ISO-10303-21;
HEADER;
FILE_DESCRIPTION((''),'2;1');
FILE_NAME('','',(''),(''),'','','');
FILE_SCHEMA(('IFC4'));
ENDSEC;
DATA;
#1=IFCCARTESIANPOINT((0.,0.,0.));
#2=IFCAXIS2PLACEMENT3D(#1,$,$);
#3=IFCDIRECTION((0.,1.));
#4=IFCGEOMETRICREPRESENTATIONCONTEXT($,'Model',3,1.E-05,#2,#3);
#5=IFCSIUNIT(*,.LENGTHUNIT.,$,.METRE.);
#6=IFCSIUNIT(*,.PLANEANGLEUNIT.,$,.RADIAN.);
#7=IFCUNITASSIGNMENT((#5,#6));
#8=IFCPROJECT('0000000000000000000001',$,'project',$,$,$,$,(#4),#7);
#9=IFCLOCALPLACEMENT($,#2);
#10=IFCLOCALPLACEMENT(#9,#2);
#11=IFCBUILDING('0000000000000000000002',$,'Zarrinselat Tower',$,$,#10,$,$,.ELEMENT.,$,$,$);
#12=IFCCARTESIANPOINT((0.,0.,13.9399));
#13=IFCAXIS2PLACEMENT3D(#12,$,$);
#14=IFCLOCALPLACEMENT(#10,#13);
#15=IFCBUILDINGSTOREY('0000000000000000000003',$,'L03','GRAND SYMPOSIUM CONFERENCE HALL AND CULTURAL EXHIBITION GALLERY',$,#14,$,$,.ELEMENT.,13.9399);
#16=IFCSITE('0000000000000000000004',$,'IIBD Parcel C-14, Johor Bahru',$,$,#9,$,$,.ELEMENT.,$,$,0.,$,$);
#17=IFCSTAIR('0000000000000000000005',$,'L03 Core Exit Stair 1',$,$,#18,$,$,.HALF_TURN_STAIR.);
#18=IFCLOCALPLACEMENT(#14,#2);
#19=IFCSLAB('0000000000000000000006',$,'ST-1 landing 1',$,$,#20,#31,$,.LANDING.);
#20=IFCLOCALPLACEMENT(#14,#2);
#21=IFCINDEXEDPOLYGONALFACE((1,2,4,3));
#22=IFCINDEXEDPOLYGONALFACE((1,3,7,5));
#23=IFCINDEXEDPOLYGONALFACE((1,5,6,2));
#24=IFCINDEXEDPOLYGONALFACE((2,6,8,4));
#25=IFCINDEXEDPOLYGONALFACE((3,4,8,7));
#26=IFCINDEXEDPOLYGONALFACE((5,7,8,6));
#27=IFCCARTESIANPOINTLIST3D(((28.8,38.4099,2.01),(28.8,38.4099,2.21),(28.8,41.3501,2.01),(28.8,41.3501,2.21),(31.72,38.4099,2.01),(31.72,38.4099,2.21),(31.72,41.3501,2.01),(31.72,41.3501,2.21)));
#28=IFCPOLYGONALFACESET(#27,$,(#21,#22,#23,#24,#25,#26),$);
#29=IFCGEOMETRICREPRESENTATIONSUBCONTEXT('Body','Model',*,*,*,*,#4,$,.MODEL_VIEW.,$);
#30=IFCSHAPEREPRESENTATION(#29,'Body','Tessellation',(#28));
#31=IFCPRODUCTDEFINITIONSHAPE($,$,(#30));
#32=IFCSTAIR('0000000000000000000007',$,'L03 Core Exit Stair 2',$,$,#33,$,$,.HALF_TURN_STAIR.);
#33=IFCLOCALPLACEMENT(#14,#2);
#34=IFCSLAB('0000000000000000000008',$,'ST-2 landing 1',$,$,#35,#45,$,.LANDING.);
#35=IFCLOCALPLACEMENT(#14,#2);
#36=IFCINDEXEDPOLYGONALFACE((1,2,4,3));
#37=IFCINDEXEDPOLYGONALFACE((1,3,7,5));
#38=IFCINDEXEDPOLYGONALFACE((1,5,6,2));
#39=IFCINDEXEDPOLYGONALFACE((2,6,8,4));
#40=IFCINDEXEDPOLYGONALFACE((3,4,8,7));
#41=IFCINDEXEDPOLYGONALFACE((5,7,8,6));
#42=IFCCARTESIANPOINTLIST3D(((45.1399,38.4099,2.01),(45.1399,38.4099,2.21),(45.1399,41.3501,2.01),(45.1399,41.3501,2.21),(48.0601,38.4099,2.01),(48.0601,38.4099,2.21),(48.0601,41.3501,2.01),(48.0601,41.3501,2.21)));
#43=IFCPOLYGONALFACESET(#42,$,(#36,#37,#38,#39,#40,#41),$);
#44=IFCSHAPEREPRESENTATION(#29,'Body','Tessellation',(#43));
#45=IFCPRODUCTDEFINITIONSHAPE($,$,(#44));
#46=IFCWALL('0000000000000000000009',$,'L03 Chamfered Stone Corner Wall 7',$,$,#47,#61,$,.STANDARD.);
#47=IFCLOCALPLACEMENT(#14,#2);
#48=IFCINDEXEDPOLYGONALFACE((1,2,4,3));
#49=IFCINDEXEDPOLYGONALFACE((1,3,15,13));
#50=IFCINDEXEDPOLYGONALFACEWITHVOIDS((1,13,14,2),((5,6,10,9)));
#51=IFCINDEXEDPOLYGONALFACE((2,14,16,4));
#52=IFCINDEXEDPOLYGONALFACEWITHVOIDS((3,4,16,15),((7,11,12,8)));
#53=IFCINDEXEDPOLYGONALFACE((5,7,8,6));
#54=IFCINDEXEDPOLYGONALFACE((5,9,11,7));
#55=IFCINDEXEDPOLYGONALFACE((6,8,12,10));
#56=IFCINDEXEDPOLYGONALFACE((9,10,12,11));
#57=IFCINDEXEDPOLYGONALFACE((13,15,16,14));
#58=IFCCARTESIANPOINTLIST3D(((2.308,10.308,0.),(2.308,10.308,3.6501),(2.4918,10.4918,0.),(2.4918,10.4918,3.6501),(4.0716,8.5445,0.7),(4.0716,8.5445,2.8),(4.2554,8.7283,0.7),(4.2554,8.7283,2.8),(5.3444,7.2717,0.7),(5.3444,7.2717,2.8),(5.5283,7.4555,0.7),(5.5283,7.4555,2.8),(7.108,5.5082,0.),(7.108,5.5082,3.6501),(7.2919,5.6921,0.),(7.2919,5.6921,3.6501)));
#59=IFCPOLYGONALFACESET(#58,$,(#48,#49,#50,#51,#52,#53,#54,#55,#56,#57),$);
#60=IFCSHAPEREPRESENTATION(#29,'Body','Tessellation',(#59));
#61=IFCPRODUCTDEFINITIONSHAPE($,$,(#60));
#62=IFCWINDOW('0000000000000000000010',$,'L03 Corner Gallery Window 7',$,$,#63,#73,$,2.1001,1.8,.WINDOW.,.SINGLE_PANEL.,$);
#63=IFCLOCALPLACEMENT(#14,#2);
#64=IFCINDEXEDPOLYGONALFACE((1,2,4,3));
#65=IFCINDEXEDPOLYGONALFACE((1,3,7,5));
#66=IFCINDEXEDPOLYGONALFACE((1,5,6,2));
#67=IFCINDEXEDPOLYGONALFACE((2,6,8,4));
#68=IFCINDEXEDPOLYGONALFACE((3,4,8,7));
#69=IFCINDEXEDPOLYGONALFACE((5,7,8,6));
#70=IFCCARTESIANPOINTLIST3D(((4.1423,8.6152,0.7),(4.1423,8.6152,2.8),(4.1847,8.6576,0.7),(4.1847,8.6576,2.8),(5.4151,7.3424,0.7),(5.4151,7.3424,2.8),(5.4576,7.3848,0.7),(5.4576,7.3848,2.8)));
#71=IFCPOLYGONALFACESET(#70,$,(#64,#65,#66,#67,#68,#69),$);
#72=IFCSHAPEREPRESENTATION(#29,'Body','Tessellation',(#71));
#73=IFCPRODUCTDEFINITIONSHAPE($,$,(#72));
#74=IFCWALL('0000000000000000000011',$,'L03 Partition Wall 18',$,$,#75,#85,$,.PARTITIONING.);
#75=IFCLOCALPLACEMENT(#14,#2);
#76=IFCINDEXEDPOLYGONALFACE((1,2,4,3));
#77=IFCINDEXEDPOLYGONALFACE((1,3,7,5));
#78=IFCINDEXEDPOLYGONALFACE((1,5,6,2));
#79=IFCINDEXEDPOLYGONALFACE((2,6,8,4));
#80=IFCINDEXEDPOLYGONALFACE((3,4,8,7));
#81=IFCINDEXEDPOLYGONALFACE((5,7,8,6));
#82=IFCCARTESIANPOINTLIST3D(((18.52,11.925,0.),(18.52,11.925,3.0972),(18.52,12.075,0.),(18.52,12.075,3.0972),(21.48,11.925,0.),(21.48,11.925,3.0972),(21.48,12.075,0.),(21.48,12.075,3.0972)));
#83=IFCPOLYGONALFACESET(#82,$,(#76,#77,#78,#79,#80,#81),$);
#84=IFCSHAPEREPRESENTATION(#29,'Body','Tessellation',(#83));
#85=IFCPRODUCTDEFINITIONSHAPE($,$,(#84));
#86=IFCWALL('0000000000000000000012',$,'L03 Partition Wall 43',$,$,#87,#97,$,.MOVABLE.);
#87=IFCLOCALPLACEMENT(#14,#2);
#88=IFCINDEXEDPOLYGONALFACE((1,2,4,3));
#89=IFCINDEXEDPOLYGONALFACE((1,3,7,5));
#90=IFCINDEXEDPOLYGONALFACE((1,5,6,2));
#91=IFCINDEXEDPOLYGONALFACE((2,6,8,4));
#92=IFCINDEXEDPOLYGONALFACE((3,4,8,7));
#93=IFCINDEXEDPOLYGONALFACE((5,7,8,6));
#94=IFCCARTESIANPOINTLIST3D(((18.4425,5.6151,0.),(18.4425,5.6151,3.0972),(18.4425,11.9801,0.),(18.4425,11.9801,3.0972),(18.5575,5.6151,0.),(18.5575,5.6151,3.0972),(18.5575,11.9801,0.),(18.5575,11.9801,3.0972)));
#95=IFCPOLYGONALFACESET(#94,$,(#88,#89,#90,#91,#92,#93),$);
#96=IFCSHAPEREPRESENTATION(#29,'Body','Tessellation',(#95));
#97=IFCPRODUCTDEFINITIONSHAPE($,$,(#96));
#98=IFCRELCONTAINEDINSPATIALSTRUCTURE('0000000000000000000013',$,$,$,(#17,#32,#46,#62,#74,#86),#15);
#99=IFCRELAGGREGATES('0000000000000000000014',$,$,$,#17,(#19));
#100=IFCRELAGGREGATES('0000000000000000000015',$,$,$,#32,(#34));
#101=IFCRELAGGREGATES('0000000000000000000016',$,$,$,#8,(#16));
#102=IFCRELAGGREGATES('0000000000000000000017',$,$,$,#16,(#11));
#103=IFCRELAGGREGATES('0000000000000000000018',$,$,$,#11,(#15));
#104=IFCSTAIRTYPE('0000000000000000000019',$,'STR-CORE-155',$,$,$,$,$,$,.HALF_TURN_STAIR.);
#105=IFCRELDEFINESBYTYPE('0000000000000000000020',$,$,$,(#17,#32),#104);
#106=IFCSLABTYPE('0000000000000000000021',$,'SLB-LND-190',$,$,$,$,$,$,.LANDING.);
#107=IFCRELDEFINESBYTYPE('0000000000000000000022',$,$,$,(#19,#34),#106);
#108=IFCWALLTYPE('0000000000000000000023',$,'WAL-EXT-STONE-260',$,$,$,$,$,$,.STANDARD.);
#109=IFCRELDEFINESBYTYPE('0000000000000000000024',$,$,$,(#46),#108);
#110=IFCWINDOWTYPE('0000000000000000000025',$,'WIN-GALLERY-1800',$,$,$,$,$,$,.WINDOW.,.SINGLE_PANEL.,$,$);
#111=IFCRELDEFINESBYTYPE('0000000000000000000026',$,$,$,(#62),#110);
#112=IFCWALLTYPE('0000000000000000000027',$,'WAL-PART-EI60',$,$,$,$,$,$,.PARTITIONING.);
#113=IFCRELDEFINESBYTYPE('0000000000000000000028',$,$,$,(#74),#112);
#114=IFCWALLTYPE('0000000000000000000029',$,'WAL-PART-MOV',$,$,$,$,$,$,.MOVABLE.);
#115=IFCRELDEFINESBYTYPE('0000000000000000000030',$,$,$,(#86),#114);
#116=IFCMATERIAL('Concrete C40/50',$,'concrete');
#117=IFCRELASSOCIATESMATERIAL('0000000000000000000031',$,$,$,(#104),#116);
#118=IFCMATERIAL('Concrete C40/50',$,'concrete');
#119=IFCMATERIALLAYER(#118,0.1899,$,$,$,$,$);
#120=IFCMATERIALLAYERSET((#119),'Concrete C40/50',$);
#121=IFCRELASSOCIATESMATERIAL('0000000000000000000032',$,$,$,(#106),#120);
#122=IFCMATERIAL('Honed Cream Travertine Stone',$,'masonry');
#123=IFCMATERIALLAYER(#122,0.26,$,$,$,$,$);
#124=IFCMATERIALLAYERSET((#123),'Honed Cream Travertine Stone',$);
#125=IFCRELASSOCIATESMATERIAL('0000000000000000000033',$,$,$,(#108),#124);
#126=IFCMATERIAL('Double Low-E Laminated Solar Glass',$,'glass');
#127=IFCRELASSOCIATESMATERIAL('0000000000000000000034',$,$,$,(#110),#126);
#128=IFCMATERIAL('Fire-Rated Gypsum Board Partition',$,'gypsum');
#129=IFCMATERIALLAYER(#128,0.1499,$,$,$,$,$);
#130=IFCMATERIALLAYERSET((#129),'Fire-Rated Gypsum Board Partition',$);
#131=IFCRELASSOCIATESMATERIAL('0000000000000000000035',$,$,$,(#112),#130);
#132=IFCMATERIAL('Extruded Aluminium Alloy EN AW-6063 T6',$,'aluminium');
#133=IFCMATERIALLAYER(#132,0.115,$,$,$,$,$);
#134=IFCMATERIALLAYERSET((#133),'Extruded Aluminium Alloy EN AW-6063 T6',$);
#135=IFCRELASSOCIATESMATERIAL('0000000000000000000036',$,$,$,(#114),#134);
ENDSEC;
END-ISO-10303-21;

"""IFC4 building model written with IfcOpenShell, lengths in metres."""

from ifc_helpers import new_model, si_unit, direction, frame, frame_2d, origin, place, context, subcontext, project, spatial, polyline, rectangle, outline, extrude, material, layer, layer_set, type_object, element, fill, aggregate, save


model = new_model("IFC4")

# Units and contexts
model_context = context("Model", 3, precision=1e-05, world=origin(), true_north=direction((0.0, 1.0)))
body_context = subcontext(model_context, "Body", "Model", "MODEL_VIEW")
ifc_project = project(units=[si_unit("LENGTHUNIT", "METRE"), si_unit("PLANEANGLEUNIT", "RADIAN")], contexts=[model_context])

# Site, building, storey
site_placement = place(None, origin())
site = spatial("IfcSite", under=ifc_project, at=site_placement, Name="IIBD Parcel C-14, Johor Bahru", CompositionType="ELEMENT", RefElevation=0.0)
building_placement = place(site_placement, origin())
building = spatial("IfcBuilding", under=site, at=building_placement, Name="Zarrinselat Tower", CompositionType="ELEMENT")
storey_placement = place(building_placement, frame((0.0, 0.0, 13.9399)))
storey = spatial("IfcBuildingStorey", under=building, at=storey_placement, Name="L03", Description="GRAND SYMPOSIUM CONFERENCE HALL AND CULTURAL EXHIBITION GALLERY", CompositionType="ELEMENT", Elevation=13.9399)

# Stairs, slabs
ifc_material_1 = material(Name="Concrete C40/50", Category="concrete")
stair_type_1 = type_object("IfcStairType", Name="STR-CORE-155", PredefinedType="HALF_TURN_STAIR", material=ifc_material_1)
stair_1_placement = place(storey_placement, origin())
stair_1 = element("IfcStair", 1, at=stair_1_placement, inside=storey, type_object=stair_type_1, Name="L03 Core Exit Stair 1", PredefinedType="HALF_TURN_STAIR")
ifc_material_2 = material(Name="Concrete C40/50", Category="concrete")
ifc_layer_1 = layer(ifc_material_2, 0.1899)
ifc_layer_set_1 = layer_set([ifc_layer_1], Name="Concrete C40/50")
slab_type_1 = type_object("IfcSlabType", Name="SLB-LND-190", PredefinedType="LANDING", material=ifc_layer_set_1)
slab_1_placement = place(storey_placement, frame((0.0, 0.0, 2.01)))
slab_1 = element("IfcSlab", 2, at=slab_1_placement, type_object=slab_type_1, Name="ST-1 landing 1", PredefinedType="LANDING", context=body_context, shape_type="SweptSolid", body=[
    extrude(outline(polyline([(31.72, 38.4099), (31.72, 41.3501), (28.8, 41.3501), (28.8, 38.4099), (31.72, 38.4099)])), origin(), (0.0, 0.0, 1.0), 0.2),
])
aggregate(stair_1, [slab_1])
stair_2_placement = place(storey_placement, origin())
stair_2 = element("IfcStair", 3, at=stair_2_placement, inside=storey, type_object=stair_type_1, Name="L03 Core Exit Stair 2", PredefinedType="HALF_TURN_STAIR")
slab_2_placement = place(storey_placement, frame((0.0, 0.0, 2.01)))
slab_2 = element("IfcSlab", 4, at=slab_2_placement, type_object=slab_type_1, Name="ST-2 landing 1", PredefinedType="LANDING", context=body_context, shape_type="SweptSolid", body=[
    extrude(outline(polyline([(48.0601, 38.4099), (48.0601, 41.3501), (45.1399, 41.3501), (45.1399, 38.4099), (48.0601, 38.4099)])), origin(), (0.0, 0.0, 1.0), 0.2),
])
aggregate(stair_2, [slab_2])

# Wall, opening, window
ifc_material_3 = material(Name="Honed Cream Travertine Stone", Category="masonry")
ifc_layer_2 = layer(ifc_material_3, 0.26)
ifc_layer_set_2 = layer_set([ifc_layer_2], Name="Honed Cream Travertine Stone")
wall_type_1 = type_object("IfcWallType", Name="WAL-EXT-STONE-260", PredefinedType="STANDARD", material=ifc_layer_set_2)
wall_1_placement = place(storey_placement, frame((2.3999, 10.3999, 0.0), z_axis=(0.0, 0.0, 1.0), x_axis=(0.707125, -0.707089, 0.0)))
wall_1 = element("IfcWall", 5, at=wall_1_placement, inside=storey, type_object=wall_type_1, Name="L03 Chamfered Stone Corner Wall 7", PredefinedType="STANDARD", context=body_context, shape_type="SweptSolid", body=[
    extrude(rectangle(XDim=6.7881, YDim=0.26, at=frame_2d((3.394, 0.0))), origin(), (0.0, 0.0, 1.0), 3.6501),
])
opening_placement = place(wall_1_placement, frame((2.4941, 0.0, 0.7)))
opening = element("IfcOpeningElement", 6, at=opening_placement, cuts=wall_1, PredefinedType="OPENING", context=body_context, shape_type="SweptSolid", body=[
    extrude(rectangle(XDim=1.8, YDim=2.1001, at=frame_2d((0.8999, 1.05))), frame((0.0, 0.1399, 0.0), z_axis=(0.0, -1.0, 0.0), x_axis=(1.0, 0.0, 0.0)), (0.0, 0.0, 1.0), 0.28),
])
ifc_material_4 = material(Name="Double Low-E Laminated Solar Glass", Category="glass")
window_type = type_object("IfcWindowType", Name="WIN-GALLERY-1800", PartitioningType="SINGLE_PANEL", PredefinedType="WINDOW", material=ifc_material_4)
window_placement = place(opening_placement, origin())
window = element("IfcWindow", 7, at=window_placement, inside=storey, type_object=window_type, Name="L03 Corner Gallery Window 7", OverallHeight=2.1001, OverallWidth=1.8, PartitioningType="SINGLE_PANEL", PredefinedType="WINDOW", context=body_context, shape_type="SweptSolid", body=[
    extrude(rectangle(XDim=1.8, YDim=2.1001, at=frame_2d((0.8999, 1.05))), frame((0.0, 0.03, 0.0), z_axis=(0.0, -1.0, 0.0), x_axis=(1.0, 0.0, 0.0)), (0.0, 0.0, 1.0), 0.0601),
])
fill(opening, window)

# Walls
ifc_material_5 = material(Name="Fire-Rated Gypsum Board Partition", Category="gypsum")
ifc_layer_3 = layer(ifc_material_5, 0.1499)
ifc_layer_set_3 = layer_set([ifc_layer_3], Name="Fire-Rated Gypsum Board Partition")
wall_type_2 = type_object("IfcWallType", Name="WAL-PART-EI60", PredefinedType="PARTITIONING", material=ifc_layer_set_3)
wall_2_placement = place(storey_placement, frame((18.52, 12.0, 0.0), z_axis=(0.0, 0.0, 1.0), x_axis=(1.0, 0.0, 0.0)))
element("IfcWall", 8, at=wall_2_placement, inside=storey, type_object=wall_type_2, Name="L03 Partition Wall 18", PredefinedType="PARTITIONING", context=body_context, shape_type="SweptSolid", body=[
    extrude(rectangle(XDim=2.96, YDim=0.1499, at=frame_2d((1.48, 0.0))), origin(), (0.0, 0.0, 1.0), 3.0972),
])
ifc_material_6 = material(Name="Extruded Aluminium Alloy EN AW-6063 T6", Category="aluminium")
ifc_layer_4 = layer(ifc_material_6, 0.115)
ifc_layer_set_4 = layer_set([ifc_layer_4], Name="Extruded Aluminium Alloy EN AW-6063 T6")
wall_type_3 = type_object("IfcWallType", Name="WAL-PART-MOV", PredefinedType="MOVABLE", material=ifc_layer_set_4)
wall_3_placement = place(storey_placement, frame((18.5, 5.615, 0.0), z_axis=(0.0, 0.0, 1.0), x_axis=(0.0, 1.0, 0.0)))
element("IfcWall", 9, at=wall_3_placement, inside=storey, type_object=wall_type_3, Name="L03 Partition Wall 43", PredefinedType="MOVABLE", context=body_context, shape_type="SweptSolid", body=[
    extrude(rectangle(XDim=6.365, YDim=0.115, at=frame_2d((3.1826, 0.0))), origin(), (0.0, 0.0, 1.0), 3.0972),
])

save(model, "model.ifc")
